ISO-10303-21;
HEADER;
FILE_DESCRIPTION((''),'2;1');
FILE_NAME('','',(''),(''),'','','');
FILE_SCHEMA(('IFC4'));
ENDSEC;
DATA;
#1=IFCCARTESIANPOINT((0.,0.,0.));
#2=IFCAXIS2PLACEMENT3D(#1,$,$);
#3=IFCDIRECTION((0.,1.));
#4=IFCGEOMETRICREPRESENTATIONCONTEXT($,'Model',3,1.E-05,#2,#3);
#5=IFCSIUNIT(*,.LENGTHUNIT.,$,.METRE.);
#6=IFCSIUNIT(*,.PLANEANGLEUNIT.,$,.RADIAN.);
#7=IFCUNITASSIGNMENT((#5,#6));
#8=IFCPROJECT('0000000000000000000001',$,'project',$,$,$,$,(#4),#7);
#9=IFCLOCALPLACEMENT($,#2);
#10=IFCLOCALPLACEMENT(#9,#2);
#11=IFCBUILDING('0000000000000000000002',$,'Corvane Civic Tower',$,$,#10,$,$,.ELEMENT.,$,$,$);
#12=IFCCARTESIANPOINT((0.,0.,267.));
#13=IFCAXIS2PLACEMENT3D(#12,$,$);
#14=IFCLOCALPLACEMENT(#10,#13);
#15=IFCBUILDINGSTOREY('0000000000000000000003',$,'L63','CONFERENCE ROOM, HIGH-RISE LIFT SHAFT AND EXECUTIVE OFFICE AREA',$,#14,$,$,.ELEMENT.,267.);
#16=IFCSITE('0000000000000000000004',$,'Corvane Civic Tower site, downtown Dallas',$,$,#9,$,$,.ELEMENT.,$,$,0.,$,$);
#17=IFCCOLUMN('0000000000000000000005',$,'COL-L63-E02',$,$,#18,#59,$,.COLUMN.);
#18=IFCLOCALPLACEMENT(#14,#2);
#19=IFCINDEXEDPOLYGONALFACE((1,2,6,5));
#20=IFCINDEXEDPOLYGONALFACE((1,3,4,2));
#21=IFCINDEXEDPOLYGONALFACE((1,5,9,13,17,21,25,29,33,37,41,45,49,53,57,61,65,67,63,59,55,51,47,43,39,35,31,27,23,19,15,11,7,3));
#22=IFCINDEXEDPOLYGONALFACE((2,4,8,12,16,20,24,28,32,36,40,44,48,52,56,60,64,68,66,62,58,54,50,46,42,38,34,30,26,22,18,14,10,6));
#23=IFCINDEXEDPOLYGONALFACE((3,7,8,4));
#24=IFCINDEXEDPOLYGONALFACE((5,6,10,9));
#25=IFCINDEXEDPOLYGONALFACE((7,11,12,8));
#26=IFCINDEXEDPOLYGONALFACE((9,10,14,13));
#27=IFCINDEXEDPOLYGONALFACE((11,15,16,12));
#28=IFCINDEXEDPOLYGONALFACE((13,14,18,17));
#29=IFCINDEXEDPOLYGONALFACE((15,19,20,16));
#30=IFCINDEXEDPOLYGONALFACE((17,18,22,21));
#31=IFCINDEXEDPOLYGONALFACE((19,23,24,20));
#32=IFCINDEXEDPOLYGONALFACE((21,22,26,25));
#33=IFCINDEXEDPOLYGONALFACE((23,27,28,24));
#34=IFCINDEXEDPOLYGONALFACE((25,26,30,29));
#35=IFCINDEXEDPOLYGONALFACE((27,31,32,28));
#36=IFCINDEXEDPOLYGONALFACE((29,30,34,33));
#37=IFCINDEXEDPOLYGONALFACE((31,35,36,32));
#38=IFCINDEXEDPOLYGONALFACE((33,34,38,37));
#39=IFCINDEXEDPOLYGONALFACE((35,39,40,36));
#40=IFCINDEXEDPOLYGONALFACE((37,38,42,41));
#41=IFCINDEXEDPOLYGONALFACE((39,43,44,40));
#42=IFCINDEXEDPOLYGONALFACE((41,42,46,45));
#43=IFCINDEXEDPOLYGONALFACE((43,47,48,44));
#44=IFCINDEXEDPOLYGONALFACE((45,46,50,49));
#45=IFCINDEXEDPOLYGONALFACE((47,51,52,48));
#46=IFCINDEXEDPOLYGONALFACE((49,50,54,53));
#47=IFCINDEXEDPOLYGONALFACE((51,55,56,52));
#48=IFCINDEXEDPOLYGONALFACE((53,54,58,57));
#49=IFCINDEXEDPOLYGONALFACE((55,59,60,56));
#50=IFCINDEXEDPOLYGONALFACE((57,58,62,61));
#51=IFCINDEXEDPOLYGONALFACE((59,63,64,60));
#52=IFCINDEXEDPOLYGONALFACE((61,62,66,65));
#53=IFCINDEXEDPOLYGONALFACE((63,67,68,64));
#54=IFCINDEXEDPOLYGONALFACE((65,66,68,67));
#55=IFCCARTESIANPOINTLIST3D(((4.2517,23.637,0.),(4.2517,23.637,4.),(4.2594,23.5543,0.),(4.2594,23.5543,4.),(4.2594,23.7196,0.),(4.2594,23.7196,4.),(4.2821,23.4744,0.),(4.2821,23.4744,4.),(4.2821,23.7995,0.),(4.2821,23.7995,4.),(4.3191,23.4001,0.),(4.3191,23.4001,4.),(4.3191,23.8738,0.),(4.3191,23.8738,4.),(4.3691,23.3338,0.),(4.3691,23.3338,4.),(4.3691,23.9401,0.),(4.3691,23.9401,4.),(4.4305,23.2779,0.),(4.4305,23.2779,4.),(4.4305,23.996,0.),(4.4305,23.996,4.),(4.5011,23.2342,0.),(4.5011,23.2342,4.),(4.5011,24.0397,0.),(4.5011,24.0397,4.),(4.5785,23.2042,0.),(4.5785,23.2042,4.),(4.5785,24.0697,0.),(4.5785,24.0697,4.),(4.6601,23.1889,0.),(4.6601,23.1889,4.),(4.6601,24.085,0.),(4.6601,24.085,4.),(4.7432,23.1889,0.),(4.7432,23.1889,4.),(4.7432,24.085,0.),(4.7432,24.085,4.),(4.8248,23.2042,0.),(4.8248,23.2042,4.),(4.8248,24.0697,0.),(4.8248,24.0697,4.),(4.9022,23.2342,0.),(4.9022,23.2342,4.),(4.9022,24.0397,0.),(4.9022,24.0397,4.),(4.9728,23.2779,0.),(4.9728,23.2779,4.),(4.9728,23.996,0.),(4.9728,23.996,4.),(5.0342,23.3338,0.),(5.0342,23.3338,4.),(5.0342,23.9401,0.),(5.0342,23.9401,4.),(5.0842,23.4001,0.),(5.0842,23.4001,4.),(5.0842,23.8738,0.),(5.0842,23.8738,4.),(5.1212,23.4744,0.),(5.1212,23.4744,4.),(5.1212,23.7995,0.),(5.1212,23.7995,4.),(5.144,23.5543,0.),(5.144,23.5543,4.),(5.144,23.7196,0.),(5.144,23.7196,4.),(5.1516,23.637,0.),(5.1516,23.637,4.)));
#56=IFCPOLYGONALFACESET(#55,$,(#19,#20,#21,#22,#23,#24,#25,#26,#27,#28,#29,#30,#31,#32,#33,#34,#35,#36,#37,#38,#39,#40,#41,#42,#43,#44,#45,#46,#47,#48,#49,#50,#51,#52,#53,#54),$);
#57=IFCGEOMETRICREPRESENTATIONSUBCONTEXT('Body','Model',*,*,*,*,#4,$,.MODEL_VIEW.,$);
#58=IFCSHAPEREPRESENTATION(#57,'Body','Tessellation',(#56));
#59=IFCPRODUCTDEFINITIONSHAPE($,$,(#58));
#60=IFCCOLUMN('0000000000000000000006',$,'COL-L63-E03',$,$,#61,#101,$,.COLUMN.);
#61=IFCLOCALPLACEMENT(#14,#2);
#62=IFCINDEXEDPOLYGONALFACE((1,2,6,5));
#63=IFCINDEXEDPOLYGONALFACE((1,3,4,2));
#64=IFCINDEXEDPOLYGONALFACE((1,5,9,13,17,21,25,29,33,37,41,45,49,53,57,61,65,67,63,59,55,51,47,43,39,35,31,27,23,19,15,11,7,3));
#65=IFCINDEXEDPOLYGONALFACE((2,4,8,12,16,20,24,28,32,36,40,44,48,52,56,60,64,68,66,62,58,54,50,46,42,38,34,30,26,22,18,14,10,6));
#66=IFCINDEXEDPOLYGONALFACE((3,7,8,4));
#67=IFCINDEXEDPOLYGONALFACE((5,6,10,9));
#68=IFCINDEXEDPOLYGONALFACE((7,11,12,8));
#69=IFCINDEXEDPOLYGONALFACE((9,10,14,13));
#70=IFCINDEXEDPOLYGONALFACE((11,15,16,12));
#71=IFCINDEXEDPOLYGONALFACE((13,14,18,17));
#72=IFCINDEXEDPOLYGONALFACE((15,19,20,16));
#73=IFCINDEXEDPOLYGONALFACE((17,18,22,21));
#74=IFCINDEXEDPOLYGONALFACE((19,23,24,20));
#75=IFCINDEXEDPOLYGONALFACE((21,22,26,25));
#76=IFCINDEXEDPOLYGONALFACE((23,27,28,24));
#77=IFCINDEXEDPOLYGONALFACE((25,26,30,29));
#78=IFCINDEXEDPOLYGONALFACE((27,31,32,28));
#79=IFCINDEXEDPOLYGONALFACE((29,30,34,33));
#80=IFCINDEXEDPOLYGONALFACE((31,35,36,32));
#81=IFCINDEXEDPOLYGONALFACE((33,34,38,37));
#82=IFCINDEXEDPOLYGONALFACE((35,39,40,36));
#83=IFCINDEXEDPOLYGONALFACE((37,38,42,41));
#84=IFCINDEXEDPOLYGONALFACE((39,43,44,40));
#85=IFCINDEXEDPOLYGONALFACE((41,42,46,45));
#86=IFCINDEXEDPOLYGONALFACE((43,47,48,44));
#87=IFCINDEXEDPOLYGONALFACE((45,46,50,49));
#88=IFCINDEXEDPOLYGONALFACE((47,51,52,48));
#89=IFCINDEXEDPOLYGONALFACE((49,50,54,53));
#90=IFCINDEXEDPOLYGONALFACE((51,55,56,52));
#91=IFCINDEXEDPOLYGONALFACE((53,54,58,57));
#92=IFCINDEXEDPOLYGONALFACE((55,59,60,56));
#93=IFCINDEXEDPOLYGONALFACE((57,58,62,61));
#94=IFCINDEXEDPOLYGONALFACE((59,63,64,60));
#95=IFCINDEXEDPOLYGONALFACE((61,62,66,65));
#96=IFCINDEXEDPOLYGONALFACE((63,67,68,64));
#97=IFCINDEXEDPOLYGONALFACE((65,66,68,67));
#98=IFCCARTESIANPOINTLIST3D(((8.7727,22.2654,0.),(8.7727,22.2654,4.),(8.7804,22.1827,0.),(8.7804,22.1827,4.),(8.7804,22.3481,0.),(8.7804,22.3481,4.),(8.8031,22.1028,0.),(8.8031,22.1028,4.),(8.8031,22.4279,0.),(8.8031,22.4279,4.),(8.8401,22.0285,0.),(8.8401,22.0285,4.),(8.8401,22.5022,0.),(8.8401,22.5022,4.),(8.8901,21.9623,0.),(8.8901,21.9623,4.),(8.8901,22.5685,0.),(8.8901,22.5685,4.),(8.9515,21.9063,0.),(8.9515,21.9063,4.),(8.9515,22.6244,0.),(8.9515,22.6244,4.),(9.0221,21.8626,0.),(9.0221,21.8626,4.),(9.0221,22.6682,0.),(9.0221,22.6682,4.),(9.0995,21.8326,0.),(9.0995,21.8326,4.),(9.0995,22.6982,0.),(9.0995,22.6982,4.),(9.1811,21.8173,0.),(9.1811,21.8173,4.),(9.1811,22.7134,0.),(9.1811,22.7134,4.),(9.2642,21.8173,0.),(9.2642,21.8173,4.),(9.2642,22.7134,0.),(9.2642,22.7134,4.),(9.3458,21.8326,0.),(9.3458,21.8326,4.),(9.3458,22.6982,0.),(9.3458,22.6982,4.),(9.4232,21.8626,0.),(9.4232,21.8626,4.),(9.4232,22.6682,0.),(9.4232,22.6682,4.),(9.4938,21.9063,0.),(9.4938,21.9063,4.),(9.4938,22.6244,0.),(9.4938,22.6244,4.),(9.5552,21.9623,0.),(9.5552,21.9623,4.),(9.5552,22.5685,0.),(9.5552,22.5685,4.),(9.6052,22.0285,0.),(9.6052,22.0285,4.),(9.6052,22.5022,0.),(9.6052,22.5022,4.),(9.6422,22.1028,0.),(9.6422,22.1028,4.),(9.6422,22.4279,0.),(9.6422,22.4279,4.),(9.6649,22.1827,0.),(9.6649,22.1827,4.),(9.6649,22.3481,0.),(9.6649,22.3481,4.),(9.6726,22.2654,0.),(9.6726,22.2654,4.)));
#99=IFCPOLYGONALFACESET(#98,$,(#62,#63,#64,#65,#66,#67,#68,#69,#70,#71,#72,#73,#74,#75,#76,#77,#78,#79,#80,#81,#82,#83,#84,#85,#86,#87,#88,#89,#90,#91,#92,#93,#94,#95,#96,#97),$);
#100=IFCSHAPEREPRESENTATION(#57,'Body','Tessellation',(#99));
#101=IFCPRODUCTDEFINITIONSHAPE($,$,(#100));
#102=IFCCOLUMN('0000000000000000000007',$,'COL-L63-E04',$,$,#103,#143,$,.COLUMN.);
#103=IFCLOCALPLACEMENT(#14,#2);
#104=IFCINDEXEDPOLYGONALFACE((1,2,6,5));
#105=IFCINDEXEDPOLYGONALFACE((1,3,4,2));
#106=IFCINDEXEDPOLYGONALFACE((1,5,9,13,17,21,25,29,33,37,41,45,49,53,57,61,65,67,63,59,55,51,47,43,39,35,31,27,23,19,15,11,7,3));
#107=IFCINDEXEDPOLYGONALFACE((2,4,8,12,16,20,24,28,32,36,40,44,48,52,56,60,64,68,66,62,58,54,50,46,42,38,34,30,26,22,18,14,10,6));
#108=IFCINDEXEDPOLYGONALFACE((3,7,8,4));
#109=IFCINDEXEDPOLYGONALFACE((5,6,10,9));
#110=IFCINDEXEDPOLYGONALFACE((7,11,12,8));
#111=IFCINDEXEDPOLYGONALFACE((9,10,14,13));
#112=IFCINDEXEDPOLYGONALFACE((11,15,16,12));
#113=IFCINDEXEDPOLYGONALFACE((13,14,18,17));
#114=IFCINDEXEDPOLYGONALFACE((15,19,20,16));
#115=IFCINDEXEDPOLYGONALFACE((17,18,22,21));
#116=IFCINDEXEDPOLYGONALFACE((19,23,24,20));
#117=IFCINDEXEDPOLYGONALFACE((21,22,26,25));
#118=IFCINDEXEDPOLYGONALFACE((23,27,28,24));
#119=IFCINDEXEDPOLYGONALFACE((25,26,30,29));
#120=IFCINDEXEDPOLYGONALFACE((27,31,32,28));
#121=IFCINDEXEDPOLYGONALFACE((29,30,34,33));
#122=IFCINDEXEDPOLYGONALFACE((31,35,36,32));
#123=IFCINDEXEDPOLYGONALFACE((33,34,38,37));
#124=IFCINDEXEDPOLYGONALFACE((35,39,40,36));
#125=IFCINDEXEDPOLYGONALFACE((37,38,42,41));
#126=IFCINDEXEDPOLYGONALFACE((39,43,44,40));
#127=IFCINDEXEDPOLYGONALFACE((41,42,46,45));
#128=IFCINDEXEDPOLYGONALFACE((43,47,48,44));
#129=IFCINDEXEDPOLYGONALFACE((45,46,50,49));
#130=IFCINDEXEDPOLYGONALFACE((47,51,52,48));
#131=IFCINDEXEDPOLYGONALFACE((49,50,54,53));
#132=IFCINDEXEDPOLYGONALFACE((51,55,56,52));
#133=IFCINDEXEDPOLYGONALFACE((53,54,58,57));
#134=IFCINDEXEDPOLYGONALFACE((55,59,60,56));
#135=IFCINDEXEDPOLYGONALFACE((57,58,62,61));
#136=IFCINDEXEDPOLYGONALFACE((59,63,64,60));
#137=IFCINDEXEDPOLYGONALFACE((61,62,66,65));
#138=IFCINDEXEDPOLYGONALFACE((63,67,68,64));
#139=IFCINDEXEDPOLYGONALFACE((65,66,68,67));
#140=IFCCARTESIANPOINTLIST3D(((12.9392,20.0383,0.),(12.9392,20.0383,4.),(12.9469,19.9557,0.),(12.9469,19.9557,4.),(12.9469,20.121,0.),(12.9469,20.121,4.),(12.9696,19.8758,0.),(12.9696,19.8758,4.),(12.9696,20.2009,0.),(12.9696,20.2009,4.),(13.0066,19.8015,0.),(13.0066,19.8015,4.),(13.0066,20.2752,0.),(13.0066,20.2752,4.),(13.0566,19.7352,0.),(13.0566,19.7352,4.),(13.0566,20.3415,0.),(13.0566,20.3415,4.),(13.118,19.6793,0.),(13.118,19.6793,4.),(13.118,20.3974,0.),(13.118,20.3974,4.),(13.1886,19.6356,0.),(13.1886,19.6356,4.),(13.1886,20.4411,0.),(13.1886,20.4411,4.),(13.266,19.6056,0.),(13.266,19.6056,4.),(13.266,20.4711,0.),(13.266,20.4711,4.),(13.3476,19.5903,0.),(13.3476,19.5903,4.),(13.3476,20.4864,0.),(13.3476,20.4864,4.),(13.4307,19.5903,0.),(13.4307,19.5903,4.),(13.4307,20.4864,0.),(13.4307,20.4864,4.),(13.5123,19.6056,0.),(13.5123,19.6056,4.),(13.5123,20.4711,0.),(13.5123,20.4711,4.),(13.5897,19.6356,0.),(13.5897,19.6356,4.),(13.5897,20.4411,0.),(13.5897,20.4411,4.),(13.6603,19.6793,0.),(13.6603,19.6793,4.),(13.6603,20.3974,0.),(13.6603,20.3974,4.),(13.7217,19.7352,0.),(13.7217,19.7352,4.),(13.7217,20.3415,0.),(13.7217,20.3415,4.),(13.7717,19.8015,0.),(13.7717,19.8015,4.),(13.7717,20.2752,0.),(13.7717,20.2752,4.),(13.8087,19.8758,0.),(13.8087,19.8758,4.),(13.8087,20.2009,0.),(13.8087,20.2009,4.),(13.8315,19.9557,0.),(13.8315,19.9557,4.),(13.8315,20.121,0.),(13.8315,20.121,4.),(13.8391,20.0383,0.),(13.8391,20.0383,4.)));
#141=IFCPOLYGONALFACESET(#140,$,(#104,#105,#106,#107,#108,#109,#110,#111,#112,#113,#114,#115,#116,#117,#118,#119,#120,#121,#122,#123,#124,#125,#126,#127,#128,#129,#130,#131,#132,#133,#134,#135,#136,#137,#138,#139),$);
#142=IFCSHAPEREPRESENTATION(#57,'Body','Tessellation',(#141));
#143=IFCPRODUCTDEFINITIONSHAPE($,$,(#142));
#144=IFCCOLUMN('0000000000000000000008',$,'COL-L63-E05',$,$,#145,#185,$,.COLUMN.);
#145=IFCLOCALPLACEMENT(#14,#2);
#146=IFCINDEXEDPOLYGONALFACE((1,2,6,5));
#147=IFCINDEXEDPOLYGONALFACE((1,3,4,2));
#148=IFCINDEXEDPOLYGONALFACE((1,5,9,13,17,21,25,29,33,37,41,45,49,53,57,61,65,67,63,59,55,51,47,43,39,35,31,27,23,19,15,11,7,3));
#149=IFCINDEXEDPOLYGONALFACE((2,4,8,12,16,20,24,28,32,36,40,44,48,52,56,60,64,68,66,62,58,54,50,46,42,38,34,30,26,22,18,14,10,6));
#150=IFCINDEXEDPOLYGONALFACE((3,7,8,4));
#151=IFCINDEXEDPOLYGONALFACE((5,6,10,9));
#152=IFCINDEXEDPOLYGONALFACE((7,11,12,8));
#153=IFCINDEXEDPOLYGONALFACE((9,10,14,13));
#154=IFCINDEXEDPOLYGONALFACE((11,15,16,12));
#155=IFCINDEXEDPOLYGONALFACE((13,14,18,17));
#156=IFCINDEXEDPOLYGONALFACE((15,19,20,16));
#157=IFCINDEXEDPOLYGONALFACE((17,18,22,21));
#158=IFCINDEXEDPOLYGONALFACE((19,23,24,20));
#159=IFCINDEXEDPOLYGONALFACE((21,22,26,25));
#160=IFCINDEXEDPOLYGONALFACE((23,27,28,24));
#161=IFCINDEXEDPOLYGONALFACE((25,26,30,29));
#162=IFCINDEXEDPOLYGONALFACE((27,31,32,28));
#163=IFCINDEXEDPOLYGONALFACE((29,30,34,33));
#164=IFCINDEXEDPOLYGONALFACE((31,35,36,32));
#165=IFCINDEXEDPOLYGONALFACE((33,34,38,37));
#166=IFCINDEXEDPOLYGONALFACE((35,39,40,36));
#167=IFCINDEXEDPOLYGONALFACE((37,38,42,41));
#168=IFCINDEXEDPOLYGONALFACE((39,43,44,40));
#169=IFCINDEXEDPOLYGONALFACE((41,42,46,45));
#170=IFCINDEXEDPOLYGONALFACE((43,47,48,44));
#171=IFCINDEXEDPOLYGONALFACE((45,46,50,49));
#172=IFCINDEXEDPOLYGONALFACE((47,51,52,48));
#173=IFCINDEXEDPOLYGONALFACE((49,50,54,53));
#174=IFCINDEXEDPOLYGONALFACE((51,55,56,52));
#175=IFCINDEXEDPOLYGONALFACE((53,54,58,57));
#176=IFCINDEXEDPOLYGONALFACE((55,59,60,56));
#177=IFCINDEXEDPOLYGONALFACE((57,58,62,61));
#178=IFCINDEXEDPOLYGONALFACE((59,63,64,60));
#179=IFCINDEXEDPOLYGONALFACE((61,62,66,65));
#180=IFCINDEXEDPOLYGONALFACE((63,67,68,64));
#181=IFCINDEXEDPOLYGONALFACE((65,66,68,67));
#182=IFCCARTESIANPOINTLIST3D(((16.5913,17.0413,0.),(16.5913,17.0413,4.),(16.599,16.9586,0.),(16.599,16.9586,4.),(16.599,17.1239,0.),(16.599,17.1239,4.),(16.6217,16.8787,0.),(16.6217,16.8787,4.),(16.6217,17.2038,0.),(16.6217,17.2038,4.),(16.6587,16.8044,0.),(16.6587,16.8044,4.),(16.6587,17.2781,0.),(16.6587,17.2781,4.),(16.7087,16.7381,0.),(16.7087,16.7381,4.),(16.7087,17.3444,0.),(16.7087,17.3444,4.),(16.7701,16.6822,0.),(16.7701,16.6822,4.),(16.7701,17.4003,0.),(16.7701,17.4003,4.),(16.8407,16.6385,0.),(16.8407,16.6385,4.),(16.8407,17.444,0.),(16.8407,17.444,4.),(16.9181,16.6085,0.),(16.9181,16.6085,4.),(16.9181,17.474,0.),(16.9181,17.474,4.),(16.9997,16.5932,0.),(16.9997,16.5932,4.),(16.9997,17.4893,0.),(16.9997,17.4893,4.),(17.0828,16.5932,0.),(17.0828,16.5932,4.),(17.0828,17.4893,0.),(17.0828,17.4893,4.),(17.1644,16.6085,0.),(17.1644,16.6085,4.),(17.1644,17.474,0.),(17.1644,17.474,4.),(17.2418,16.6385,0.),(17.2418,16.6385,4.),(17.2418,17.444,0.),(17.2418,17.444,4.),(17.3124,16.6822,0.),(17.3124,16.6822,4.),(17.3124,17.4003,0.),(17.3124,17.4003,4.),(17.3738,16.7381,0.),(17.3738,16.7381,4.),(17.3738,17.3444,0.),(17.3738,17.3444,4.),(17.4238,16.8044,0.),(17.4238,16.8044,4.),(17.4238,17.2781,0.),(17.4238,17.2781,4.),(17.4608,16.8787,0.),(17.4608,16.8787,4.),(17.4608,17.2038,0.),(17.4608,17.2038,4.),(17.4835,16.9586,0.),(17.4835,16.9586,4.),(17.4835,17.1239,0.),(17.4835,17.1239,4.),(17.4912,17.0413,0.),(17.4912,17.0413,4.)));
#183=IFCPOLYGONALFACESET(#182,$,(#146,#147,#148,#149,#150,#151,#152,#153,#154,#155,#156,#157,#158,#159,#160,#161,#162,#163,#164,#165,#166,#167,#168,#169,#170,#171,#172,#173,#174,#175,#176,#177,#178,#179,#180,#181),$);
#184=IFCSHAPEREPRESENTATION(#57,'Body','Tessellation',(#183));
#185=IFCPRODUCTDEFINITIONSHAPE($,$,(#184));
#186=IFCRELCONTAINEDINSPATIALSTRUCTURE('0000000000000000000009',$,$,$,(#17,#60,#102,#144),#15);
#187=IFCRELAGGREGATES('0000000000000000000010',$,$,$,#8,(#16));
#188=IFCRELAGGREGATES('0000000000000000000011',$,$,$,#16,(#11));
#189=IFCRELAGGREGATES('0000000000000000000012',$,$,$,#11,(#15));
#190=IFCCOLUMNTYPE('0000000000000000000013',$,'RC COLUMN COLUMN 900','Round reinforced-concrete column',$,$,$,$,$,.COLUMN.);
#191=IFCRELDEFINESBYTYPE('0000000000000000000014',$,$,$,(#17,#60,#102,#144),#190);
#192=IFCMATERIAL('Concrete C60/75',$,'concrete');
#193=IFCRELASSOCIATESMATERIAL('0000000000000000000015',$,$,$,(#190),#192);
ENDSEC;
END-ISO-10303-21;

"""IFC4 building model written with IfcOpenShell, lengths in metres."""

from ifc_helpers import new_model, si_unit, direction, frame, origin, origin_2d, place, context, subcontext, project, spatial, circle, extrude, material, material_profile, profile_set, type_object, element, save


model = new_model("IFC4")

# Units and contexts
model_context = context("Model", 3, precision=1e-05, world=origin(), true_north=direction((0.0, 1.0)))
body_context = subcontext(model_context, "Body", "Model", "MODEL_VIEW")
ifc_project = project(units=[si_unit("LENGTHUNIT", "METRE"), si_unit("PLANEANGLEUNIT", "RADIAN")], contexts=[model_context])

# Site, building, storey
site_placement = place(None, origin())
site = spatial("IfcSite", under=ifc_project, at=site_placement, Name="Corvane Civic Tower site, downtown Dallas", CompositionType="ELEMENT", RefElevation=0.0)
building_placement = place(site_placement, origin())
building = spatial("IfcBuilding", under=site, at=building_placement, Name="Corvane Civic Tower", CompositionType="ELEMENT")
storey_placement = place(building_placement, frame((0.0, 0.0, 267.0)))
storey = spatial("IfcBuildingStorey", under=building, at=storey_placement, Name="L63", Description="CONFERENCE ROOM, HIGH-RISE LIFT SHAFT AND EXECUTIVE OFFICE AREA", CompositionType="ELEMENT", Elevation=267.0)

# Columns
ifc_material_1 = material(Name="Concrete C60/75", Category="concrete")
ifc_material_profile_1 = material_profile(ifc_material_1, circle(Radius=0.45, at=origin_2d()), Name="COLUMN 900")
ifc_profile_set_1 = profile_set([ifc_material_profile_1], Name="Concrete C60/75")
column_type = type_object("IfcColumnType", Name="RC COLUMN COLUMN 900", Description="Round reinforced-concrete column", PredefinedType="COLUMN", material=ifc_profile_set_1)
for number, where, z_axis, x_axis, name in (
    (1, (4.7017, 23.637, 0.0), (0.0, 0.0, 1.0), (1.0, 0.0, 0.0), "COL-L63-E02"),
    (2, (9.2227, 22.2654, 0.0), (0.0, 0.0, 1.0), (1.0, 0.0, 0.0), "COL-L63-E03"),
    (3, (13.3892, 20.0383, 0.0), (0.0, 0.0, 1.0), (1.0, 0.0, 0.0), "COL-L63-E04"),
    (4, (17.0413, 17.0413, 0.0), (0.0, 0.0, 1.0), (1.0, 0.0, 0.0), "COL-L63-E05"),
):
    element("IfcColumn", number, at=place(storey_placement, frame(where, z_axis=z_axis, x_axis=x_axis)), inside=storey, type_object=column_type, Name=name, PredefinedType="COLUMN", context=body_context, shape_type="SweptSolid", body=[
        extrude(circle(Radius=0.45, at=origin_2d()), origin(), (0.0, 0.0, 1.0), 4.0),
    ])

save(model, "model.ifc")
